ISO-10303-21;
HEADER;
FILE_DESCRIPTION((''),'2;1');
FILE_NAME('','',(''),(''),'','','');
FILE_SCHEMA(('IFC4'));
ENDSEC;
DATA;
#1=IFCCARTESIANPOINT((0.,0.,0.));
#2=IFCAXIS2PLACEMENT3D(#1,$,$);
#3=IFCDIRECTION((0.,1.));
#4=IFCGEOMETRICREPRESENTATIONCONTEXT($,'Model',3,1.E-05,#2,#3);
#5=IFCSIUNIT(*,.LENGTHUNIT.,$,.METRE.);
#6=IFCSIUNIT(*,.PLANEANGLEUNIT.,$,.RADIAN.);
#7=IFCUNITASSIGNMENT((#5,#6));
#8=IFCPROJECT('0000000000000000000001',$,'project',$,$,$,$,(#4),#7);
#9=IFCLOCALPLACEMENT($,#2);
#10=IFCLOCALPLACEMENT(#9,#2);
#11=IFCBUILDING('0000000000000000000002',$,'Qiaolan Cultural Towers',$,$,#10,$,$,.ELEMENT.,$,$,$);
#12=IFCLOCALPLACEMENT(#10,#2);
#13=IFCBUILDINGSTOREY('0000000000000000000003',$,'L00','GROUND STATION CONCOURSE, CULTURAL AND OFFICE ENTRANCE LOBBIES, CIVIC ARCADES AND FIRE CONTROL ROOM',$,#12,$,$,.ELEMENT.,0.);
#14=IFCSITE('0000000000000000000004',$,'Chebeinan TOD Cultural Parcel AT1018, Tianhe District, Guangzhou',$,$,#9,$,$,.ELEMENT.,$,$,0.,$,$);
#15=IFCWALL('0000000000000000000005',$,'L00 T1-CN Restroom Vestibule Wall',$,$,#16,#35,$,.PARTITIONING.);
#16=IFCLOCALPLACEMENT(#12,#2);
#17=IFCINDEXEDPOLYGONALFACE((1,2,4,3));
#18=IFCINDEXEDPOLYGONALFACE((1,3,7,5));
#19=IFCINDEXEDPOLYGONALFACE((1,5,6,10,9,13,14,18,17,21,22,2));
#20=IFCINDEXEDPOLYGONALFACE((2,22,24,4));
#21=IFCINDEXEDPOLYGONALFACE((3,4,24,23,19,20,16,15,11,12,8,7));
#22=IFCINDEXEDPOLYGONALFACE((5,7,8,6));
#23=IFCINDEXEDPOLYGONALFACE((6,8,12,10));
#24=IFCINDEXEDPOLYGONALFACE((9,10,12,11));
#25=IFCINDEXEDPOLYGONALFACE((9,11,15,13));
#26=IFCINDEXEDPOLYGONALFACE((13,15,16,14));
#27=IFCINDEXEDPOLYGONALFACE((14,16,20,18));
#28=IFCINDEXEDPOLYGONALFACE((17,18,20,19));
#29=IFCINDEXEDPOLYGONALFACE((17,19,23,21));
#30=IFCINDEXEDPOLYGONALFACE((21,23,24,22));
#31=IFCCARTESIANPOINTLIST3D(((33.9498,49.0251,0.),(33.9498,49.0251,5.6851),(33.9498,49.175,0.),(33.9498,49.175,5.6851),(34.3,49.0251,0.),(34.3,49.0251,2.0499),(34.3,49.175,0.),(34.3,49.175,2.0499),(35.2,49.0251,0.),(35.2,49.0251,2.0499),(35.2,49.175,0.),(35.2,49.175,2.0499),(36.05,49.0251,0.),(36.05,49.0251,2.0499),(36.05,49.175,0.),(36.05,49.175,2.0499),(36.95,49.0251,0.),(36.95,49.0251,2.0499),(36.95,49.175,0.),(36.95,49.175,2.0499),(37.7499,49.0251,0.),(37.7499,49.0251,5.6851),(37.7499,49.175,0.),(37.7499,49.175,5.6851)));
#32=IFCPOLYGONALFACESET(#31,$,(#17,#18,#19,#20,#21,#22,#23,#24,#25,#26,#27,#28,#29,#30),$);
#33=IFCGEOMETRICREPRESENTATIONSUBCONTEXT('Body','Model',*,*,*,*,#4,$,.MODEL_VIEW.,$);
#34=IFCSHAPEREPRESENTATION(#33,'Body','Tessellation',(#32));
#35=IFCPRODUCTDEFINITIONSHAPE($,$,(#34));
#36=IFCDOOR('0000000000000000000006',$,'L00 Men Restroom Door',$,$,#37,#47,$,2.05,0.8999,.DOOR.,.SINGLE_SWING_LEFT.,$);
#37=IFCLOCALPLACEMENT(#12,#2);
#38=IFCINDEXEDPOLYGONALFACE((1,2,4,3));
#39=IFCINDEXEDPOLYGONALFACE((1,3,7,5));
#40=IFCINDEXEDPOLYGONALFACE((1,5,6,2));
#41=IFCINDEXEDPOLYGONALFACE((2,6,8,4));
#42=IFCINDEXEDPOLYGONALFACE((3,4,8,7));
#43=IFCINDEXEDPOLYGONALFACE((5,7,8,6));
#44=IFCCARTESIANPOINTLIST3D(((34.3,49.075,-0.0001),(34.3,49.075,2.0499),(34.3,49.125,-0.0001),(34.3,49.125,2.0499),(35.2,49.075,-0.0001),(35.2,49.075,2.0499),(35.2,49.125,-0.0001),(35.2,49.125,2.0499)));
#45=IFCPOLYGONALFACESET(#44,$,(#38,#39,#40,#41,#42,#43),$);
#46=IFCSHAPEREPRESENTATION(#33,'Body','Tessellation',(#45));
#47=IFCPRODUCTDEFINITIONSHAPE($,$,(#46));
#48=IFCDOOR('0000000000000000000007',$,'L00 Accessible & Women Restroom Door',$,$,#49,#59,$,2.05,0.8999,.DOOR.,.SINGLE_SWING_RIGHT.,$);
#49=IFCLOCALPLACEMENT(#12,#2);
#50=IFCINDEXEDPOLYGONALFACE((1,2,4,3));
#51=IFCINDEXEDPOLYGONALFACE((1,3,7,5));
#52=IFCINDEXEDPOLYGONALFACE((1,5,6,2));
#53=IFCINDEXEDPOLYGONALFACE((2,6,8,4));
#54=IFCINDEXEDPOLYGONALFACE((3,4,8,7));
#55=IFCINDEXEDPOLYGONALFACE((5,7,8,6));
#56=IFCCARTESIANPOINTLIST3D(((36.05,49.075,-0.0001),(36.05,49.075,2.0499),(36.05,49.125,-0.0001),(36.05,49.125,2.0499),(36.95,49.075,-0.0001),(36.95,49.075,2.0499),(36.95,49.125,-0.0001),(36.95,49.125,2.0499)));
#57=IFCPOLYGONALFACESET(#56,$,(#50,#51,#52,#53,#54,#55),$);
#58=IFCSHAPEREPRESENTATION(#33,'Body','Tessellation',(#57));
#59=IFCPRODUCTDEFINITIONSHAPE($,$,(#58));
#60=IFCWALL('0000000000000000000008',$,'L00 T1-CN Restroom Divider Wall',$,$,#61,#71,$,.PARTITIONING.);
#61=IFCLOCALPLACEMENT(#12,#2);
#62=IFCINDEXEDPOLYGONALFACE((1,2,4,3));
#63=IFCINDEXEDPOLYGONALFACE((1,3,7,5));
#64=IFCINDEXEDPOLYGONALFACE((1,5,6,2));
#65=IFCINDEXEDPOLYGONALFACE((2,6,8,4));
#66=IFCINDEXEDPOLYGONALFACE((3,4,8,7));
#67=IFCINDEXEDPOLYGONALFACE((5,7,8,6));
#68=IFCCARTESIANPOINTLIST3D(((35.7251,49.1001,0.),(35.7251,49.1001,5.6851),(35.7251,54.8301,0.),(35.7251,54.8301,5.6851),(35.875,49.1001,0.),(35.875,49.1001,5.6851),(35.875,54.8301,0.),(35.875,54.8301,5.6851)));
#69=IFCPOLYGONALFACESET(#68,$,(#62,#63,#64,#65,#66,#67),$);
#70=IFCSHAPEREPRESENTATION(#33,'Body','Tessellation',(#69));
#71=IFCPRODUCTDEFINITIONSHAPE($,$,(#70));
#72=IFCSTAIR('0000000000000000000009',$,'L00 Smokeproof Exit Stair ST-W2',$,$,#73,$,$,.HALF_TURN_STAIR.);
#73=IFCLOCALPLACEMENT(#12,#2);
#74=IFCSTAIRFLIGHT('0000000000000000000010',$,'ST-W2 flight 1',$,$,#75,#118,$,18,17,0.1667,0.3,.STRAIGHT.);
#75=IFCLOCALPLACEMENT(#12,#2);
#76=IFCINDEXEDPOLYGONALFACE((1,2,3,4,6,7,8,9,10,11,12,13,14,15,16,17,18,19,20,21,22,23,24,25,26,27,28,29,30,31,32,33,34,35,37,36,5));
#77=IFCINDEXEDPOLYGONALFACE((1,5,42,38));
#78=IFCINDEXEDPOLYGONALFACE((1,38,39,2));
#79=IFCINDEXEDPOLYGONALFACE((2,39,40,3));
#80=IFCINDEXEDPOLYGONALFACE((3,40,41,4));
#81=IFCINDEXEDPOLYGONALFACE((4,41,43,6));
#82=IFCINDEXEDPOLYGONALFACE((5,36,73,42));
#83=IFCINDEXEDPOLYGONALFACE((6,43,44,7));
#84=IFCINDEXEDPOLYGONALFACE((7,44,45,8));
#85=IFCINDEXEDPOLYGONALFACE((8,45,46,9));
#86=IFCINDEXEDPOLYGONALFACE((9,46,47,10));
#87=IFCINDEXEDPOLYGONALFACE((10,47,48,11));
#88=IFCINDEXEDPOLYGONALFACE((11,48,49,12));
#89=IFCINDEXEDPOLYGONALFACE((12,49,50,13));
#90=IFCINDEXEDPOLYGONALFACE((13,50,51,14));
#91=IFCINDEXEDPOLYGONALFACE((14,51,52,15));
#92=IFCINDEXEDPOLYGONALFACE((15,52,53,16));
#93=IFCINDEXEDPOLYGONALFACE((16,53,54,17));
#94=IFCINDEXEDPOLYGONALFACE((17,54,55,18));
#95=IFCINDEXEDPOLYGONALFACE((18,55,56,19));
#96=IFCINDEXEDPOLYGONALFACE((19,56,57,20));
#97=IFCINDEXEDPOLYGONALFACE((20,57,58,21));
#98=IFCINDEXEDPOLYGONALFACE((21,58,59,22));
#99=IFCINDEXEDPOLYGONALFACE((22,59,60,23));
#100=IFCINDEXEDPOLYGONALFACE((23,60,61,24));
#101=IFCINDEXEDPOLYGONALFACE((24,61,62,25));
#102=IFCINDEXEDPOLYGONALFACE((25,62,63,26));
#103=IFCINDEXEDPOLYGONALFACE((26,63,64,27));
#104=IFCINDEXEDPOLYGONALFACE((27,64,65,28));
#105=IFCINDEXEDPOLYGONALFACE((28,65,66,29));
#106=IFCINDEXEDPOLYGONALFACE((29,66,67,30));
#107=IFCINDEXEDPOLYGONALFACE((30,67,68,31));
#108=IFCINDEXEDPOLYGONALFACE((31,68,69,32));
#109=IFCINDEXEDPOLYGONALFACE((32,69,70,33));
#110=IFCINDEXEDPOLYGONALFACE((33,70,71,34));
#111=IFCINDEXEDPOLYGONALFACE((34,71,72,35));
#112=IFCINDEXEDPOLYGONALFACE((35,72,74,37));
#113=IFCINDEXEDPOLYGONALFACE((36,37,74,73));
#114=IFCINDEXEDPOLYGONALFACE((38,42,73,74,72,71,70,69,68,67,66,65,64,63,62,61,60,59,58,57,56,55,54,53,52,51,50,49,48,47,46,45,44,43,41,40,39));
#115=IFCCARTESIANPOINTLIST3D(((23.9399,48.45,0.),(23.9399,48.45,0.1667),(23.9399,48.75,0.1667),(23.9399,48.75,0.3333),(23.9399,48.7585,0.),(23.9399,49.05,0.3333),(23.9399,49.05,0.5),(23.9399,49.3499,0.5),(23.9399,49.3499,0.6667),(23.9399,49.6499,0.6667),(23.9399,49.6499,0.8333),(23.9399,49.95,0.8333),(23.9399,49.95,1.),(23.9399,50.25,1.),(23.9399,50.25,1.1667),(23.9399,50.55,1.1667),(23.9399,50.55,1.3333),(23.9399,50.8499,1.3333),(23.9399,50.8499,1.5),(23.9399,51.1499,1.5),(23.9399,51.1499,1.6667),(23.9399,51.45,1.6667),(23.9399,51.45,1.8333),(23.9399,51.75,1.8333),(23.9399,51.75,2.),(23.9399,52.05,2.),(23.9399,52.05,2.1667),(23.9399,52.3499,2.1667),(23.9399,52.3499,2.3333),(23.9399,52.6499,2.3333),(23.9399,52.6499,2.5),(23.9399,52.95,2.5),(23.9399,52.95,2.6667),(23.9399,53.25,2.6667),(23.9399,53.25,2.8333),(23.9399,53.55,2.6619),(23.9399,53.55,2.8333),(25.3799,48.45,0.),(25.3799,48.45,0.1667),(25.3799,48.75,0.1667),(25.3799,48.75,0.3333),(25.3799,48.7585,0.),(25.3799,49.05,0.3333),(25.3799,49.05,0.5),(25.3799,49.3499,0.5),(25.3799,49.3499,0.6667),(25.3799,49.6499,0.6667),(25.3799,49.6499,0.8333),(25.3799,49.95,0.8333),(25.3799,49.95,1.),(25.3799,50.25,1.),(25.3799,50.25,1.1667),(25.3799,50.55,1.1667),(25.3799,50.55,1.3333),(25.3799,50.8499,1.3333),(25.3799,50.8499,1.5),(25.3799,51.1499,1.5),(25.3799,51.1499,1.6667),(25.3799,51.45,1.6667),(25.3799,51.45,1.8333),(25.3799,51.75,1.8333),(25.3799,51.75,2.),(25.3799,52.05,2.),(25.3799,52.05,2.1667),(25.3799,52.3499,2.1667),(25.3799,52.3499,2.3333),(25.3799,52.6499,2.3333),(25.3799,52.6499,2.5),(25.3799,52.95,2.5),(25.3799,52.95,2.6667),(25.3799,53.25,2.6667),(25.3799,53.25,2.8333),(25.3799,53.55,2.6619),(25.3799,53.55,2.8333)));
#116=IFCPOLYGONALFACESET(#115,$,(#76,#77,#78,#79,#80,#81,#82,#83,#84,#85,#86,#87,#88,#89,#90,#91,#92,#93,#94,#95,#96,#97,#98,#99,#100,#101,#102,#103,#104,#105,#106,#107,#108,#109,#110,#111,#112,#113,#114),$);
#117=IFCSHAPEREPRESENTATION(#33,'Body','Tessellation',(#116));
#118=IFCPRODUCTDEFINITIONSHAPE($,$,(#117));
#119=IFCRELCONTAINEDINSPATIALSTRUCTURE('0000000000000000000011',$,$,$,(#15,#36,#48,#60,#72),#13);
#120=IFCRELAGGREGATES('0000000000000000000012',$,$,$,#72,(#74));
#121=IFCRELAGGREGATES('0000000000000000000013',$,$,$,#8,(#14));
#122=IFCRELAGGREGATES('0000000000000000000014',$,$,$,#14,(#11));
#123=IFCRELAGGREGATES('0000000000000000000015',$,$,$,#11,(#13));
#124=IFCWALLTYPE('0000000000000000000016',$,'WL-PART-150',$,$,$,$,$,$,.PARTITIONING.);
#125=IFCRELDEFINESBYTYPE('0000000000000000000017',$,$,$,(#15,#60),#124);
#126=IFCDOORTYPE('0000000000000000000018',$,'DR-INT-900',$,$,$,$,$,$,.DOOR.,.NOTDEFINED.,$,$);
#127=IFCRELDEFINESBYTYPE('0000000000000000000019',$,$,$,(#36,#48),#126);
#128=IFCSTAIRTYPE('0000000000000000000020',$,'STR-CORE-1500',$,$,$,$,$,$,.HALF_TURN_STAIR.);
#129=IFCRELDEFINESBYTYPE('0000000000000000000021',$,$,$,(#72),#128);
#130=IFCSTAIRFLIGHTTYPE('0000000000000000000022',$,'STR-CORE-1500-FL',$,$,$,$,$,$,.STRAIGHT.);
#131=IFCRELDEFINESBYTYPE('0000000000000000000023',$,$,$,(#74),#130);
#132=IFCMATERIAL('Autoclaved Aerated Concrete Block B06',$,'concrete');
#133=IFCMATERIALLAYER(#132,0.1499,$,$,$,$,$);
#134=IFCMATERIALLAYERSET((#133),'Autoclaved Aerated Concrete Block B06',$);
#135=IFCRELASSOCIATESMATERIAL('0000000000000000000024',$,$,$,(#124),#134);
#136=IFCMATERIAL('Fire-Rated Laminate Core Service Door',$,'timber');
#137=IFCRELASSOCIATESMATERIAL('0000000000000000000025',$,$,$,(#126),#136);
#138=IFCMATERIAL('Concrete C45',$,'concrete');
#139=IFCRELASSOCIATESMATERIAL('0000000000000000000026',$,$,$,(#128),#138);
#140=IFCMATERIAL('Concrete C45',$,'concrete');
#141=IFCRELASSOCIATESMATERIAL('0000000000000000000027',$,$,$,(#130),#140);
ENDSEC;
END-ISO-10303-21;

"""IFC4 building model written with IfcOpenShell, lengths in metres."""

from ifc_helpers import new_model, si_unit, direction, frame, frame_2d, origin, place, context, subcontext, project, spatial, polyline, rectangle, outline, extrude, material, layer, layer_set, type_object, element, fill, aggregate, save


model = new_model("IFC4")

# Units and contexts
model_context = context("Model", 3, precision=1e-05, world=origin(), true_north=direction((0.0, 1.0)))
body_context = subcontext(model_context, "Body", "Model", "MODEL_VIEW")
ifc_project = project(units=[si_unit("LENGTHUNIT", "METRE"), si_unit("PLANEANGLEUNIT", "RADIAN")], contexts=[model_context])

# Site, building, storey
site_placement = place(None, origin())
site = spatial("IfcSite", under=ifc_project, at=site_placement, Name="Chebeinan TOD Cultural Parcel AT1018, Tianhe District, Guangzhou", CompositionType="ELEMENT", RefElevation=0.0)
building_placement = place(site_placement, origin())
building = spatial("IfcBuilding", under=site, at=building_placement, Name="Qiaolan Cultural Towers", CompositionType="ELEMENT")
storey_placement = place(building_placement, origin())
storey = spatial("IfcBuildingStorey", under=building, at=storey_placement, Name="L00", Description="GROUND STATION CONCOURSE, CULTURAL AND OFFICE ENTRANCE LOBBIES, CIVIC ARCADES AND FIRE CONTROL ROOM", CompositionType="ELEMENT", Elevation=0.0)

# Shared definitions
ifc_material_1 = material(Name="Autoclaved Aerated Concrete Block B06", Category="concrete")
ifc_layer_1 = layer(ifc_material_1, 0.1499)
ifc_layer_set_1 = layer_set([ifc_layer_1], Name="Autoclaved Aerated Concrete Block B06")
wall_type_1 = type_object("IfcWallType", Name="WL-PART-150", PredefinedType="PARTITIONING", material=ifc_layer_set_1)

# Wall, openings, doors
wall_1_placement = place(storey_placement, frame((33.95, 49.1001, 0.0), z_axis=(0.0, 0.0, 1.0), x_axis=(1.0, 0.0, 0.0)))
wall_1 = element("IfcWall", 1, at=wall_1_placement, inside=storey, type_object=wall_type_1, Name="L00 T1-CN Restroom Vestibule Wall", PredefinedType="PARTITIONING", context=body_context, shape_type="SweptSolid", body=[
    extrude(rectangle(XDim=3.8, YDim=0.1499, at=frame_2d((1.8999, 0.0))), origin(), (0.0, 0.0, 1.0), 5.6851),
])
opening_1_placement = place(wall_1_placement, frame((0.3501, 0.0, 0.0)))
opening_1 = element("IfcOpeningElement", 2, at=opening_1_placement, cuts=wall_1, PredefinedType="OPENING", context=body_context, shape_type="SweptSolid", body=[
    extrude(rectangle(XDim=0.8999, YDim=2.05, at=frame_2d((0.45, 1.0249))), frame((0.0, 0.085, 0.0), z_axis=(0.0, -1.0, 0.0), x_axis=(1.0, 0.0, 0.0)), (0.0, 0.0, 1.0), 0.1699),
])
opening_2_placement = place(wall_1_placement, frame((2.1001, 0.0, 0.0)))
opening_2 = element("IfcOpeningElement", 3, at=opening_2_placement, cuts=wall_1, PredefinedType="OPENING", context=body_context, shape_type="SweptSolid", body=[
    extrude(rectangle(XDim=0.8999, YDim=2.05, at=frame_2d((0.45, 1.0249))), frame((0.0, 0.085, 0.0), z_axis=(0.0, -1.0, 0.0), x_axis=(1.0, 0.0, 0.0)), (0.0, 0.0, 1.0), 0.1699),
])
ifc_material_2 = material(Name="Fire-Rated Laminate Core Service Door", Category="timber")
door_type_1 = type_object("IfcDoorType", Name="DR-INT-900", OperationType="NOTDEFINED", PredefinedType="DOOR", material=ifc_material_2)
door_1_placement = place(opening_1_placement, origin())
door_1 = element("IfcDoor", 4, at=door_1_placement, inside=storey, type_object=door_type_1, Name="L00 Men Restroom Door", OperationType="SINGLE_SWING_LEFT", OverallHeight=2.05, OverallWidth=0.8999, PredefinedType="DOOR", context=body_context, shape_type="SweptSolid", body=[
    extrude(rectangle(XDim=0.8999, YDim=2.05, at=frame_2d((0.45, 1.0249))), frame((0.0, 0.0249, 0.0), z_axis=(0.0, -1.0, 0.0), x_axis=(1.0, 0.0, 0.0)), (0.0, 0.0, 1.0), 0.05),
])
fill(opening_1, door_1)
door_2_placement = place(opening_2_placement, origin())
door_2 = element("IfcDoor", 5, at=door_2_placement, inside=storey, type_object=door_type_1, Name="L00 Accessible & Women Restroom Door", OperationType="SINGLE_SWING_RIGHT", OverallHeight=2.05, OverallWidth=0.8999, PredefinedType="DOOR", context=body_context, shape_type="SweptSolid", body=[
    extrude(rectangle(XDim=0.8999, YDim=2.05, at=frame_2d((0.45, 1.0249))), frame((0.0, 0.0249, 0.0), z_axis=(0.0, -1.0, 0.0), x_axis=(1.0, 0.0, 0.0)), (0.0, 0.0, 1.0), 0.05),
])
fill(opening_2, door_2)

# Wall
wall_2_placement = place(storey_placement, frame((35.8, 49.1001, 0.0), z_axis=(0.0, 0.0, 1.0), x_axis=(0.0, 1.0, 0.0)))
element("IfcWall", 6, at=wall_2_placement, inside=storey, type_object=wall_type_1, Name="L00 T1-CN Restroom Divider Wall", PredefinedType="PARTITIONING", context=body_context, shape_type="SweptSolid", body=[
    extrude(rectangle(XDim=5.73, YDim=0.1499, at=frame_2d((2.865, 0.0))), origin(), (0.0, 0.0, 1.0), 5.6851),
])

# Stair, stair flight
ifc_material_3 = material(Name="Concrete C45", Category="concrete")
stair_type = type_object("IfcStairType", Name="STR-CORE-1500", PredefinedType="HALF_TURN_STAIR", material=ifc_material_3)
stair_placement = place(storey_placement, origin())
stair = element("IfcStair", 7, at=stair_placement, inside=storey, type_object=stair_type, Name="L00 Smokeproof Exit Stair ST-W2", PredefinedType="HALF_TURN_STAIR")
ifc_material_4 = material(Name="Concrete C45", Category="concrete")
stair_flight_type = type_object("IfcStairFlightType", Name="STR-CORE-1500-FL", PredefinedType="STRAIGHT", material=ifc_material_4)
stair_flight_placement = place(storey_placement, frame((24.6599, 48.45, 0.0), z_axis=(0.0, 0.0, 1.0), x_axis=(0.0, 1.0, 0.0)))
stair_flight = element("IfcStairFlight", 8, at=stair_flight_placement, type_object=stair_flight_type, Name="ST-W2 flight 1", NumberOfRisers=18, NumberOfTreads=17, PredefinedType="STRAIGHT", RiserHeight=0.1667, TreadLength=0.3, context=body_context, shape_type="SweptSolid", body=[
    extrude(outline(polyline([(0.0, 0.0), (0.0, 0.1667), (0.3, 0.1667), (0.3, 0.3333), (0.6001, 0.3333), (0.6001, 0.5), (0.8999, 0.5), (0.8999, 0.6667), (1.2, 0.6667), (1.2, 0.8333), (1.5, 0.8333), (1.5, 1.0), (1.8, 1.0), (1.8, 1.1667), (2.1001, 1.1667), (2.1001, 1.3333), (2.3999, 1.3333), (2.3999, 1.5), (2.7, 1.5), (2.7, 1.6667), (3.0, 1.6667), (3.0, 1.8333), (3.3, 1.8333), (3.3, 2.0), (3.6001, 2.0), (3.6001, 2.1667), (3.8999, 2.1667), (3.8999, 2.3333), (4.2, 2.3333), (4.2, 2.5), (4.5, 2.5), (4.5, 2.6667), (4.8, 2.6667), (4.8, 2.8333), (5.1001, 2.8333), (5.1001, 3.0), (5.1001, 2.6619), (0.3086, 0.0), (0.0, 0.0)])), frame((0.0, 0.72, 0.0), z_axis=(0.0, -1.0, 0.0), x_axis=(1.0, 0.0, 0.0)), (0.0, 0.0, 1.0), 1.4399),
])
aggregate(stair, [stair_flight])

save(model, "model.ifc")
